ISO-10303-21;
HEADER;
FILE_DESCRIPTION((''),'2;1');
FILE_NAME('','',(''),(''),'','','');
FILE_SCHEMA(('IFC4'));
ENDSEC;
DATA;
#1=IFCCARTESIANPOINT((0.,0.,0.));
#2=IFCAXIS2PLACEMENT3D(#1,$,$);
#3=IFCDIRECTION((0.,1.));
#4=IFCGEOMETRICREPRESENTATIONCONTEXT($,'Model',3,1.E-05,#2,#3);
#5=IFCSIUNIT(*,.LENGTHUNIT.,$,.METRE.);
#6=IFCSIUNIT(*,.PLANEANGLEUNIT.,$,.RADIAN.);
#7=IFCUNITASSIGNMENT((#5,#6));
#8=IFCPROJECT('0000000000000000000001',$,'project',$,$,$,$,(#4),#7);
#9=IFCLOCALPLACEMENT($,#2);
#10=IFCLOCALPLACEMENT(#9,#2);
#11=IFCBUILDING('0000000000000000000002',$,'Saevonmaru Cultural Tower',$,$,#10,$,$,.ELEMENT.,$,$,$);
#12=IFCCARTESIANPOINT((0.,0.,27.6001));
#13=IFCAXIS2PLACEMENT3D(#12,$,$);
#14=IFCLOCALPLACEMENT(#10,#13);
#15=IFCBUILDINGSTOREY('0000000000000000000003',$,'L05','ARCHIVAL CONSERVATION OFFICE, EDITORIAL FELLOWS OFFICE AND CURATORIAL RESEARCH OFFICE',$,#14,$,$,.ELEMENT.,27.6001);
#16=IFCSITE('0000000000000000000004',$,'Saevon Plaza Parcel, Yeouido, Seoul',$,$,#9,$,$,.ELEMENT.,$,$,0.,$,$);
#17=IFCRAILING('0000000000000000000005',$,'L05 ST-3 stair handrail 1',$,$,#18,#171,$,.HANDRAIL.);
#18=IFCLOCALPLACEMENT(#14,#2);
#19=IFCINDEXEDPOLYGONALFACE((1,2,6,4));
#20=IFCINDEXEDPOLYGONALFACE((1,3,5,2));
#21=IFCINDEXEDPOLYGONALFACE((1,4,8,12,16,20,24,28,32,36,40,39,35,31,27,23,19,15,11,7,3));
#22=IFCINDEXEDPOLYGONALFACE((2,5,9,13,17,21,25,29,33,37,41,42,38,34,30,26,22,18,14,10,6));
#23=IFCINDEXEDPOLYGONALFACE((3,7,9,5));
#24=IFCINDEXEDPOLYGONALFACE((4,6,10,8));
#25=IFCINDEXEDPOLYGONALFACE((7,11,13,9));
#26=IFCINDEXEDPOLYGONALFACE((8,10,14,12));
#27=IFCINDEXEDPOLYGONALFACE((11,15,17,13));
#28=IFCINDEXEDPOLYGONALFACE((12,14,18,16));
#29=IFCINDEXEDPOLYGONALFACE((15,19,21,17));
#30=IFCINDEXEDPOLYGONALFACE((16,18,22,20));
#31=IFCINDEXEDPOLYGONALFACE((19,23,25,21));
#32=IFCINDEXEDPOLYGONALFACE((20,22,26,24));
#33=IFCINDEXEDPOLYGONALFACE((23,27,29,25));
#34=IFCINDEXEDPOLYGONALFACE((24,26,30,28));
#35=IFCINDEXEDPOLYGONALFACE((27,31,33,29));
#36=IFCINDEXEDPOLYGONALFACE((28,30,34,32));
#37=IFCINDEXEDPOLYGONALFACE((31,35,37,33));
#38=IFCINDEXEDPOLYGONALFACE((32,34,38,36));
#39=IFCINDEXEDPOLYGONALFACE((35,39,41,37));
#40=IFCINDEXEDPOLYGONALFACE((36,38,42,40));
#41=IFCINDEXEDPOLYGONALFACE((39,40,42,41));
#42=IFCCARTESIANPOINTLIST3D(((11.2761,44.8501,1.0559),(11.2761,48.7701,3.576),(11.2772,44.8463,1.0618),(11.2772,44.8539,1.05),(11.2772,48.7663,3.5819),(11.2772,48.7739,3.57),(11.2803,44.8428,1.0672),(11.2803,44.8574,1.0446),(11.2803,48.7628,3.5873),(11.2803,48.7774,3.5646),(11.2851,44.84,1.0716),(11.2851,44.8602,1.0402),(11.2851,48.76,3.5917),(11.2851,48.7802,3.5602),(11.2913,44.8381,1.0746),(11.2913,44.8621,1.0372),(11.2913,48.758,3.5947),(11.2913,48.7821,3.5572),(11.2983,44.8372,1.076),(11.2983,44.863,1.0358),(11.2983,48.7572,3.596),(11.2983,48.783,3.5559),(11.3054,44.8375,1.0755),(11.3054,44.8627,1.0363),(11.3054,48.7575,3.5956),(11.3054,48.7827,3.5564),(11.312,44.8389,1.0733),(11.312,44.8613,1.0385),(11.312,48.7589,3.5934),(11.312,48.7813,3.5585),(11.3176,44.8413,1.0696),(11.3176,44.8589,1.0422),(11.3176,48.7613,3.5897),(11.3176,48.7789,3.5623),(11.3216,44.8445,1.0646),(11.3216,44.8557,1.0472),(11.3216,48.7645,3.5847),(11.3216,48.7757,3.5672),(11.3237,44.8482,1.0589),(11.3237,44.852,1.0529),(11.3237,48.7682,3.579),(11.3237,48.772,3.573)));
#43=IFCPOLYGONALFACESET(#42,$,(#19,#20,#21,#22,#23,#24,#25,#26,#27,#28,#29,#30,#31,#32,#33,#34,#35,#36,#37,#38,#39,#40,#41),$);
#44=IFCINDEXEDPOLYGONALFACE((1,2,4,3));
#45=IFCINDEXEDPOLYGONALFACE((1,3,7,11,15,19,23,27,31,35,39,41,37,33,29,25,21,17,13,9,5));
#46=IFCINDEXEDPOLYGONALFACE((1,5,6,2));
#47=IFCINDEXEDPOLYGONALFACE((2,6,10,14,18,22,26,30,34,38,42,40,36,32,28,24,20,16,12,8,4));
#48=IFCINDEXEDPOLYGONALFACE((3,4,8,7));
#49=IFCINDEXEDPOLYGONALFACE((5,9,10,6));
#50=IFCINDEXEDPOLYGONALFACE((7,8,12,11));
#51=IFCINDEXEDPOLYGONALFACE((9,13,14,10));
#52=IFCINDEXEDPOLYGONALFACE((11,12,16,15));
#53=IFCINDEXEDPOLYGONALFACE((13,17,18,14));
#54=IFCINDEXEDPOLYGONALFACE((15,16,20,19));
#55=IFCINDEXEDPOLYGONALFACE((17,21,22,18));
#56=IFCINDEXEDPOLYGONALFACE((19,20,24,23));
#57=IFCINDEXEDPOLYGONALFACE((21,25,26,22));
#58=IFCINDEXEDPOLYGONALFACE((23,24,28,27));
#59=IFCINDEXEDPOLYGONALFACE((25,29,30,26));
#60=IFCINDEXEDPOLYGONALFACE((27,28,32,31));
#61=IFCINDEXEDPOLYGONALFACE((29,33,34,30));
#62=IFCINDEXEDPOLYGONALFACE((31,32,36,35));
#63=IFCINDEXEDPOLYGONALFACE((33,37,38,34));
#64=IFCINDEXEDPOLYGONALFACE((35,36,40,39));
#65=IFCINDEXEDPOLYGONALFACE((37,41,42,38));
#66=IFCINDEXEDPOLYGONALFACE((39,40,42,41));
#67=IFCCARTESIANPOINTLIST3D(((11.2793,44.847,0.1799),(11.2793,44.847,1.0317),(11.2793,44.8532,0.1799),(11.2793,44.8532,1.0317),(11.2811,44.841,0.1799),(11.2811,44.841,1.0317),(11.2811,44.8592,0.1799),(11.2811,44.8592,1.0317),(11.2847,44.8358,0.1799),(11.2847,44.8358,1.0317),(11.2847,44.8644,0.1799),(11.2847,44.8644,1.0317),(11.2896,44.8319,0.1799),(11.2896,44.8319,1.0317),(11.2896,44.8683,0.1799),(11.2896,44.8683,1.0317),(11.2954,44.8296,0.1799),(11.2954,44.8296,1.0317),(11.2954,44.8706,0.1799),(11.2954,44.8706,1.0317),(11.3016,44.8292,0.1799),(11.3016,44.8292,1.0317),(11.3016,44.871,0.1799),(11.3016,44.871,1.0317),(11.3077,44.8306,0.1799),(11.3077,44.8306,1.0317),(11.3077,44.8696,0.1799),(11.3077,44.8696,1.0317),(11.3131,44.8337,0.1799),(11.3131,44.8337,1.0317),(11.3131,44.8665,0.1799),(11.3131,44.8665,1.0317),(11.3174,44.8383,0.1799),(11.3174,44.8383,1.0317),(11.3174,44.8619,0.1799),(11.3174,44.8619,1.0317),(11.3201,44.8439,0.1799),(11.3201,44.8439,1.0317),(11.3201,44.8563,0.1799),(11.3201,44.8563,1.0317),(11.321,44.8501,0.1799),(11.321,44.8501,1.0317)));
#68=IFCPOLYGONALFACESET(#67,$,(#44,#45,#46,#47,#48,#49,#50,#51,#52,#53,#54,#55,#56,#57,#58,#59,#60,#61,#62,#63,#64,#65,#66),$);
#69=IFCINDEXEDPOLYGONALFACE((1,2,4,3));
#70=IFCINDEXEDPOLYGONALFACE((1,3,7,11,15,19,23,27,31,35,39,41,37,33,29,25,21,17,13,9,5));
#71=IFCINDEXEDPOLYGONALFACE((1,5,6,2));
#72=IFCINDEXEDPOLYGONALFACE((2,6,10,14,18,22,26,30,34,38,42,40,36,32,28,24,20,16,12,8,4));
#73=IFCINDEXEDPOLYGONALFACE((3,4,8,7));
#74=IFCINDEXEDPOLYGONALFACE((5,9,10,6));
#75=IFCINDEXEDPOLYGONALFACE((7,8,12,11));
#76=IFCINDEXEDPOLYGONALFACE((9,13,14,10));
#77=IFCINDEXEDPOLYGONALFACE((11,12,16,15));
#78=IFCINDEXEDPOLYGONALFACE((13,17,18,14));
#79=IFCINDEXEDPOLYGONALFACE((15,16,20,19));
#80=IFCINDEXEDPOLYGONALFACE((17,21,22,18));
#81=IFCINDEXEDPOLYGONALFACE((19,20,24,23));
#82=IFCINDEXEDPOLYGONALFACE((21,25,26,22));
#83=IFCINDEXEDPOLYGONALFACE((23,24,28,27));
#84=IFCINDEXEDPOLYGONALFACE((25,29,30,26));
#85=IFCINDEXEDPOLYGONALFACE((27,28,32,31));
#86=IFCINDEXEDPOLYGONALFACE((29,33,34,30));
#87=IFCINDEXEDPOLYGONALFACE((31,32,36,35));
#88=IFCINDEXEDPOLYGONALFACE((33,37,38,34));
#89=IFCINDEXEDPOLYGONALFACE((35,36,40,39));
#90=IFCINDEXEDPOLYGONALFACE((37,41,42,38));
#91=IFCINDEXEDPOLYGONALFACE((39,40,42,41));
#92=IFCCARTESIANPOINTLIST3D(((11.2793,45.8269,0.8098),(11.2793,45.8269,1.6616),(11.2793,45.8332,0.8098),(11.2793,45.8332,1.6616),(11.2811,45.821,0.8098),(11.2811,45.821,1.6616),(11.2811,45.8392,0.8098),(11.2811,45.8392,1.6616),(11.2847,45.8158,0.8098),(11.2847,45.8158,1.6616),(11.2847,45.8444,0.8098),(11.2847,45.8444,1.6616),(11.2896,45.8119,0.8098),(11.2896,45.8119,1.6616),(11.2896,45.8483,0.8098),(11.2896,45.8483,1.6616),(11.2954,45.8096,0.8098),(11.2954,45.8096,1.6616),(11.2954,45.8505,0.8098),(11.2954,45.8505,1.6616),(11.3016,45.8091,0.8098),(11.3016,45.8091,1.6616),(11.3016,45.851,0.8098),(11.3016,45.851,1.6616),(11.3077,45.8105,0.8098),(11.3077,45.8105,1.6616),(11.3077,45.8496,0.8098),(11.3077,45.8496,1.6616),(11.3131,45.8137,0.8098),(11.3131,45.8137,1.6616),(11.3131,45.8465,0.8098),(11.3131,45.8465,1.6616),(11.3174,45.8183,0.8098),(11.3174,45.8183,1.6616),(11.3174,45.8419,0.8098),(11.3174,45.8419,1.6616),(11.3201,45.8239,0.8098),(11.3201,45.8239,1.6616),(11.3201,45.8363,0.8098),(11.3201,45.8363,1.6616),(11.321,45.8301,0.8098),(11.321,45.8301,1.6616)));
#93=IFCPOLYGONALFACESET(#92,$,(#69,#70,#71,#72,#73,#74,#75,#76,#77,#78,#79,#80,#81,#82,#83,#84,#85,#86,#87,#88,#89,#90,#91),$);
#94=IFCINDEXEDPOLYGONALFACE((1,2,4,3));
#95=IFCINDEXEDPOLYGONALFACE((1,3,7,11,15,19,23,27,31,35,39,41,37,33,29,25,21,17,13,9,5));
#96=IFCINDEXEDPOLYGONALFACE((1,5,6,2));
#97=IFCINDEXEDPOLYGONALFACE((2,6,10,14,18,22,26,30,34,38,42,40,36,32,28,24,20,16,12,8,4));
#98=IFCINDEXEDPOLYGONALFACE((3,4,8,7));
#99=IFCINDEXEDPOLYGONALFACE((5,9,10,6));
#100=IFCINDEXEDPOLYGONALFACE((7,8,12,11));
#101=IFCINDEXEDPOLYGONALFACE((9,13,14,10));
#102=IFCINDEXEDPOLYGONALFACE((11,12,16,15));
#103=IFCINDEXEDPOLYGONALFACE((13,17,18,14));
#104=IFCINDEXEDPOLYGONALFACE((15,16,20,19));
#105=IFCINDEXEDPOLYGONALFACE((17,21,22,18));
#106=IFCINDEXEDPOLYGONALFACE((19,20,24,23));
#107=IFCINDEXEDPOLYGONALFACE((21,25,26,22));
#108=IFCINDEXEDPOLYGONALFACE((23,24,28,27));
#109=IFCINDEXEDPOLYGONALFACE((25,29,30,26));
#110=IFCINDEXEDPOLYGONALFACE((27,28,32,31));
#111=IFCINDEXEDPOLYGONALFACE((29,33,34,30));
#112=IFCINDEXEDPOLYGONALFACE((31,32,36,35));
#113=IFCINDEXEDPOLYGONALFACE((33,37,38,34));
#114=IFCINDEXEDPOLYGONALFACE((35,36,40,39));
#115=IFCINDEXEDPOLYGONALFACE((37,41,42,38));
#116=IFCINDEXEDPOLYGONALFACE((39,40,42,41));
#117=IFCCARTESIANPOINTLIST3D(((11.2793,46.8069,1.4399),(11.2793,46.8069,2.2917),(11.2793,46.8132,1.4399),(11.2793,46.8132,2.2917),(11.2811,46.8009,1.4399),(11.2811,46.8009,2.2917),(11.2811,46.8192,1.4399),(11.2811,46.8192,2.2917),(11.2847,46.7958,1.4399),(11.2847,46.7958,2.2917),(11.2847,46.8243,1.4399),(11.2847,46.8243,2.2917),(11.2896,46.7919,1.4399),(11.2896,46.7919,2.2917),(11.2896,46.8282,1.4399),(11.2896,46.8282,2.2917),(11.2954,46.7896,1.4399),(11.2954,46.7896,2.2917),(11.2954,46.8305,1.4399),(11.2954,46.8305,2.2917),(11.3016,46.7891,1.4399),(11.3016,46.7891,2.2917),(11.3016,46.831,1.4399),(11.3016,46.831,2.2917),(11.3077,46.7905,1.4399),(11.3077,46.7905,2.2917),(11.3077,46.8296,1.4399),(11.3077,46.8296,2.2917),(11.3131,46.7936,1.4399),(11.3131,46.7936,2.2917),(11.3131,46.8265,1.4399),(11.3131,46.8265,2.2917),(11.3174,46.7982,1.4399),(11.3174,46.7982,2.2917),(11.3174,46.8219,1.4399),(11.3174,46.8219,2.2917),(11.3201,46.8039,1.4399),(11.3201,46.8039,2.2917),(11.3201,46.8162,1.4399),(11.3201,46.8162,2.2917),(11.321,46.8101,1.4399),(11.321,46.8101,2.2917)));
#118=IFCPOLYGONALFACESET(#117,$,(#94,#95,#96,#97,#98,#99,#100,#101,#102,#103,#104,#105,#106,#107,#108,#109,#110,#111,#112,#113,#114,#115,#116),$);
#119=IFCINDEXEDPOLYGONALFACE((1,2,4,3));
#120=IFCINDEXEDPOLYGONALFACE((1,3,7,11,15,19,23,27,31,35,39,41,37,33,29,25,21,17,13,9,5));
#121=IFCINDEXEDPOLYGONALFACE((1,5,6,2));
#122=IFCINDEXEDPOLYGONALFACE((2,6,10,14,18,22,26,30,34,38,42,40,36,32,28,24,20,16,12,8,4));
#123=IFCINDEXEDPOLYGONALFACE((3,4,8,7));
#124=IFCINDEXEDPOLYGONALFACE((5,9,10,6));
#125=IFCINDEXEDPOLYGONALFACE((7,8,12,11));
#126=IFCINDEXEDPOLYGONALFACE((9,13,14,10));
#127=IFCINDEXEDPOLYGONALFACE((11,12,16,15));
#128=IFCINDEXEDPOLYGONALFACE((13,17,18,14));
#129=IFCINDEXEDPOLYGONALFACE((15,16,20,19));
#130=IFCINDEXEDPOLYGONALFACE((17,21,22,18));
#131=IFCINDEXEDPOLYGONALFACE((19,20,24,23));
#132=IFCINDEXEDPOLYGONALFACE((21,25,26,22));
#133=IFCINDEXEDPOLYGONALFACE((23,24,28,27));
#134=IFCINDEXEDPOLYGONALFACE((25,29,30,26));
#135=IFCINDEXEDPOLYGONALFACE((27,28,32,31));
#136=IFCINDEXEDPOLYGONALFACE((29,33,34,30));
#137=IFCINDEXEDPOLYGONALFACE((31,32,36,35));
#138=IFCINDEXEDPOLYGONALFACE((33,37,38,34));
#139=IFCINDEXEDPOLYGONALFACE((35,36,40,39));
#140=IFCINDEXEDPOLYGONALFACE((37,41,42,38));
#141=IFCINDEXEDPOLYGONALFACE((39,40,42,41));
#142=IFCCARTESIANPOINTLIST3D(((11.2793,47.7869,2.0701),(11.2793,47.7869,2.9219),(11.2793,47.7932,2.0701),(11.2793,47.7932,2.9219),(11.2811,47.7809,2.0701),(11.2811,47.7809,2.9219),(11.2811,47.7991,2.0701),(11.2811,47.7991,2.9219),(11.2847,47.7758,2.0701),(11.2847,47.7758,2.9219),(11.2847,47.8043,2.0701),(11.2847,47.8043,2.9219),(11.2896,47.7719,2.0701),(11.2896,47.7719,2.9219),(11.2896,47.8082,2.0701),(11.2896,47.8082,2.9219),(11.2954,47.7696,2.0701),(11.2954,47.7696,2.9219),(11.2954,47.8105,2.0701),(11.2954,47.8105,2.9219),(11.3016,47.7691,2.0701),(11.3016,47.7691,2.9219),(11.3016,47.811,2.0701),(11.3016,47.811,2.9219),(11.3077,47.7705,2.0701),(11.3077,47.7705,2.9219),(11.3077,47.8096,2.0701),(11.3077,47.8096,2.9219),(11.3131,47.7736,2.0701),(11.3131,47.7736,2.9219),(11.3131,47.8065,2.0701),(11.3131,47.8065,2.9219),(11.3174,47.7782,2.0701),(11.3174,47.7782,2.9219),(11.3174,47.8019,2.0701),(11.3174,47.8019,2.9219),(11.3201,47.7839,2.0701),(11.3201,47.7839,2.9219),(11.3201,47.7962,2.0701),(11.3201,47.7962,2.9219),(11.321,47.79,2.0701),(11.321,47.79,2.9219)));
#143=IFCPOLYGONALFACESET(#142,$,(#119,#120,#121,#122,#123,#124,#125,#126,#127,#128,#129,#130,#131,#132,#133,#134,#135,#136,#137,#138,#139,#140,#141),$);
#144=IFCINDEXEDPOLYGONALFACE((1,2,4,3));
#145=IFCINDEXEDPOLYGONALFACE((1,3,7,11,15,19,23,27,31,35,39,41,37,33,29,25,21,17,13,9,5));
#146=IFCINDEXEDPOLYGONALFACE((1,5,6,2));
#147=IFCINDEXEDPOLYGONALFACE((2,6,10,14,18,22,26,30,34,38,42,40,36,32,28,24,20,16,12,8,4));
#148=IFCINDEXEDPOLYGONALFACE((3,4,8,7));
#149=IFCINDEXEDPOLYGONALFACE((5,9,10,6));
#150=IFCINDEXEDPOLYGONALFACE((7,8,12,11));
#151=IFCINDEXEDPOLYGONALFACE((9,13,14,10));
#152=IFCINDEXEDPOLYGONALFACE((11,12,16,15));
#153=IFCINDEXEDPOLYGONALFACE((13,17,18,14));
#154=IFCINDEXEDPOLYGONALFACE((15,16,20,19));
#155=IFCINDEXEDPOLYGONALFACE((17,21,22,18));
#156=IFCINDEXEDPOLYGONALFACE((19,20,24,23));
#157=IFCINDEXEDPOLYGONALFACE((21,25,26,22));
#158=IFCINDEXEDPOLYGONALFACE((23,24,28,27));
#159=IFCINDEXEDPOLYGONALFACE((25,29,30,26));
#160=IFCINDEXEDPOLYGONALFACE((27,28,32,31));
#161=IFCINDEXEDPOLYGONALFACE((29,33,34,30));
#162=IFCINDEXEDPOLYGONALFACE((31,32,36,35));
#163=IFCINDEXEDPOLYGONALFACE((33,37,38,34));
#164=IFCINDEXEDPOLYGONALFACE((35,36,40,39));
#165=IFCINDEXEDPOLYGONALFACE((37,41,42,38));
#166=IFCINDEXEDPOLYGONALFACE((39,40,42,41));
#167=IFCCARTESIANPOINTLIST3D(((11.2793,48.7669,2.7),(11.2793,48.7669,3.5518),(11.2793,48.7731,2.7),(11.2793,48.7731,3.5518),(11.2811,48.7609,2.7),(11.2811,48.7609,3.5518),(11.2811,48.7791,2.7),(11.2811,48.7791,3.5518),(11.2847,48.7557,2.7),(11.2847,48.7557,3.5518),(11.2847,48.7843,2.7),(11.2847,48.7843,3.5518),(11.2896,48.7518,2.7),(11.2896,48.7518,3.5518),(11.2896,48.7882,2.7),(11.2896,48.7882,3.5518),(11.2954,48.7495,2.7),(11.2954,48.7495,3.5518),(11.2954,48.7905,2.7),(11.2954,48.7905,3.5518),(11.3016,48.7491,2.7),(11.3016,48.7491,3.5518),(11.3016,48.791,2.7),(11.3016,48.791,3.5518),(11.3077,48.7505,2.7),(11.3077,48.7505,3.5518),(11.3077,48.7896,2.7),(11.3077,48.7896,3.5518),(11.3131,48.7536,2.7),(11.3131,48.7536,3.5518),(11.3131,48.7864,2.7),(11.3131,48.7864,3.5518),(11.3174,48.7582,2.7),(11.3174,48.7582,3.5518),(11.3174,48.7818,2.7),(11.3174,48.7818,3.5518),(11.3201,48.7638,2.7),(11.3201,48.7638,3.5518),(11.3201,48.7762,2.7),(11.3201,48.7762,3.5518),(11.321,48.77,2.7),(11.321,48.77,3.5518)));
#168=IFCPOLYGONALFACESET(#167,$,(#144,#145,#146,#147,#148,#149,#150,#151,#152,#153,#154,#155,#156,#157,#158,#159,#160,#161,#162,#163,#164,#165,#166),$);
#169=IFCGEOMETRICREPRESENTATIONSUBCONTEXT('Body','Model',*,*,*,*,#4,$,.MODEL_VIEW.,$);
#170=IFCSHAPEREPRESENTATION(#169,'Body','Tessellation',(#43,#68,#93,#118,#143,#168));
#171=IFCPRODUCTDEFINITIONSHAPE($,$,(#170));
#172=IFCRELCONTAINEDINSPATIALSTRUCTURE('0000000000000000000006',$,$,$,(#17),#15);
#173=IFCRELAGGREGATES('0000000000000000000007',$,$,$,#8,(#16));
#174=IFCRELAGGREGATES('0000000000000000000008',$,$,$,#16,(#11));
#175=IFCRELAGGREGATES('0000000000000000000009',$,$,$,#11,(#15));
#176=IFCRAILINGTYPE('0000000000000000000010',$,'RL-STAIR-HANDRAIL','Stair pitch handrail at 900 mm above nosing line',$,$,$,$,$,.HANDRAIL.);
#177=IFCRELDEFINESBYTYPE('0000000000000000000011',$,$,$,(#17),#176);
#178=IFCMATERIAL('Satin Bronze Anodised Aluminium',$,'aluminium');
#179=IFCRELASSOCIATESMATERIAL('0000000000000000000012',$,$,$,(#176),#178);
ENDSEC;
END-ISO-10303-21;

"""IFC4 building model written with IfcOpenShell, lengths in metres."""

from ifc_helpers import new_model, si_unit, direction, frame, origin, origin_2d, place, context, subcontext, project, spatial, circle, extrude, material, type_object, element, save


model = new_model("IFC4")

# Units and contexts
model_context = context("Model", 3, precision=1e-05, world=origin(), true_north=direction((0.0, 1.0)))
body_context = subcontext(model_context, "Body", "Model", "MODEL_VIEW")
ifc_project = project(units=[si_unit("LENGTHUNIT", "METRE"), si_unit("PLANEANGLEUNIT", "RADIAN")], contexts=[model_context])

# Site, building, storey
site_placement = place(None, origin())
site = spatial("IfcSite", under=ifc_project, at=site_placement, Name="Saevon Plaza Parcel, Yeouido, Seoul", CompositionType="ELEMENT", RefElevation=0.0)
building_placement = place(site_placement, origin())
building = spatial("IfcBuilding", under=site, at=building_placement, Name="Saevonmaru Cultural Tower", CompositionType="ELEMENT")
storey_placement = place(building_placement, frame((0.0, 0.0, 27.6001)))
storey = spatial("IfcBuildingStorey", under=building, at=storey_placement, Name="L05", Description="ARCHIVAL CONSERVATION OFFICE, EDITORIAL FELLOWS OFFICE AND CURATORIAL RESEARCH OFFICE", CompositionType="ELEMENT", Elevation=27.6001)

# Shared definitions
ifc_material_1 = material(Name="Satin Bronze Anodised Aluminium", Category="aluminium")

# Railing
railing_type_1 = type_object("IfcRailingType", Name="RL-STAIR-HANDRAIL", Description="Stair pitch handrail at 900 mm above nosing line", PredefinedType="HANDRAIL", material=ifc_material_1)
railing_1_placement = place(storey_placement, frame((11.3, 44.8501, 0.1799)))
element("IfcRailing", 1, at=railing_1_placement, inside=storey, type_object=railing_type_1, Name="L05 ST-3 stair handrail 1", PredefinedType="HANDRAIL", context=body_context, shape_type="SweptSolid", body=[
    extrude(circle(Radius=0.0239, at=origin_2d()), frame((0.0, 0.0, 0.876), z_axis=(0.0, 0.841172, 0.540768), x_axis=(-1.0, 0.0, 0.0)), (0.0, 0.0, 1.0), 4.6602),
    extrude(circle(Radius=0.021, at=origin_2d()), origin(), (0.0, 0.0, 1.0), 0.8518),
    extrude(circle(Radius=0.021, at=origin_2d()), frame((0.0, 0.98, 0.6299)), (0.0, 0.0, 1.0), 0.8518),
    extrude(circle(Radius=0.021, at=origin_2d()), frame((0.0, 1.96, 1.26)), (0.0, 0.0, 1.0), 0.8518),
    extrude(circle(Radius=0.021, at=origin_2d()), frame((0.0, 2.9399, 1.8901)), (0.0, 0.0, 1.0), 0.8518),
    extrude(circle(Radius=0.021, at=origin_2d()), frame((0.0, 3.9199, 2.52)), (0.0, 0.0, 1.0), 0.8518),
])

save(model, "model.ifc")
